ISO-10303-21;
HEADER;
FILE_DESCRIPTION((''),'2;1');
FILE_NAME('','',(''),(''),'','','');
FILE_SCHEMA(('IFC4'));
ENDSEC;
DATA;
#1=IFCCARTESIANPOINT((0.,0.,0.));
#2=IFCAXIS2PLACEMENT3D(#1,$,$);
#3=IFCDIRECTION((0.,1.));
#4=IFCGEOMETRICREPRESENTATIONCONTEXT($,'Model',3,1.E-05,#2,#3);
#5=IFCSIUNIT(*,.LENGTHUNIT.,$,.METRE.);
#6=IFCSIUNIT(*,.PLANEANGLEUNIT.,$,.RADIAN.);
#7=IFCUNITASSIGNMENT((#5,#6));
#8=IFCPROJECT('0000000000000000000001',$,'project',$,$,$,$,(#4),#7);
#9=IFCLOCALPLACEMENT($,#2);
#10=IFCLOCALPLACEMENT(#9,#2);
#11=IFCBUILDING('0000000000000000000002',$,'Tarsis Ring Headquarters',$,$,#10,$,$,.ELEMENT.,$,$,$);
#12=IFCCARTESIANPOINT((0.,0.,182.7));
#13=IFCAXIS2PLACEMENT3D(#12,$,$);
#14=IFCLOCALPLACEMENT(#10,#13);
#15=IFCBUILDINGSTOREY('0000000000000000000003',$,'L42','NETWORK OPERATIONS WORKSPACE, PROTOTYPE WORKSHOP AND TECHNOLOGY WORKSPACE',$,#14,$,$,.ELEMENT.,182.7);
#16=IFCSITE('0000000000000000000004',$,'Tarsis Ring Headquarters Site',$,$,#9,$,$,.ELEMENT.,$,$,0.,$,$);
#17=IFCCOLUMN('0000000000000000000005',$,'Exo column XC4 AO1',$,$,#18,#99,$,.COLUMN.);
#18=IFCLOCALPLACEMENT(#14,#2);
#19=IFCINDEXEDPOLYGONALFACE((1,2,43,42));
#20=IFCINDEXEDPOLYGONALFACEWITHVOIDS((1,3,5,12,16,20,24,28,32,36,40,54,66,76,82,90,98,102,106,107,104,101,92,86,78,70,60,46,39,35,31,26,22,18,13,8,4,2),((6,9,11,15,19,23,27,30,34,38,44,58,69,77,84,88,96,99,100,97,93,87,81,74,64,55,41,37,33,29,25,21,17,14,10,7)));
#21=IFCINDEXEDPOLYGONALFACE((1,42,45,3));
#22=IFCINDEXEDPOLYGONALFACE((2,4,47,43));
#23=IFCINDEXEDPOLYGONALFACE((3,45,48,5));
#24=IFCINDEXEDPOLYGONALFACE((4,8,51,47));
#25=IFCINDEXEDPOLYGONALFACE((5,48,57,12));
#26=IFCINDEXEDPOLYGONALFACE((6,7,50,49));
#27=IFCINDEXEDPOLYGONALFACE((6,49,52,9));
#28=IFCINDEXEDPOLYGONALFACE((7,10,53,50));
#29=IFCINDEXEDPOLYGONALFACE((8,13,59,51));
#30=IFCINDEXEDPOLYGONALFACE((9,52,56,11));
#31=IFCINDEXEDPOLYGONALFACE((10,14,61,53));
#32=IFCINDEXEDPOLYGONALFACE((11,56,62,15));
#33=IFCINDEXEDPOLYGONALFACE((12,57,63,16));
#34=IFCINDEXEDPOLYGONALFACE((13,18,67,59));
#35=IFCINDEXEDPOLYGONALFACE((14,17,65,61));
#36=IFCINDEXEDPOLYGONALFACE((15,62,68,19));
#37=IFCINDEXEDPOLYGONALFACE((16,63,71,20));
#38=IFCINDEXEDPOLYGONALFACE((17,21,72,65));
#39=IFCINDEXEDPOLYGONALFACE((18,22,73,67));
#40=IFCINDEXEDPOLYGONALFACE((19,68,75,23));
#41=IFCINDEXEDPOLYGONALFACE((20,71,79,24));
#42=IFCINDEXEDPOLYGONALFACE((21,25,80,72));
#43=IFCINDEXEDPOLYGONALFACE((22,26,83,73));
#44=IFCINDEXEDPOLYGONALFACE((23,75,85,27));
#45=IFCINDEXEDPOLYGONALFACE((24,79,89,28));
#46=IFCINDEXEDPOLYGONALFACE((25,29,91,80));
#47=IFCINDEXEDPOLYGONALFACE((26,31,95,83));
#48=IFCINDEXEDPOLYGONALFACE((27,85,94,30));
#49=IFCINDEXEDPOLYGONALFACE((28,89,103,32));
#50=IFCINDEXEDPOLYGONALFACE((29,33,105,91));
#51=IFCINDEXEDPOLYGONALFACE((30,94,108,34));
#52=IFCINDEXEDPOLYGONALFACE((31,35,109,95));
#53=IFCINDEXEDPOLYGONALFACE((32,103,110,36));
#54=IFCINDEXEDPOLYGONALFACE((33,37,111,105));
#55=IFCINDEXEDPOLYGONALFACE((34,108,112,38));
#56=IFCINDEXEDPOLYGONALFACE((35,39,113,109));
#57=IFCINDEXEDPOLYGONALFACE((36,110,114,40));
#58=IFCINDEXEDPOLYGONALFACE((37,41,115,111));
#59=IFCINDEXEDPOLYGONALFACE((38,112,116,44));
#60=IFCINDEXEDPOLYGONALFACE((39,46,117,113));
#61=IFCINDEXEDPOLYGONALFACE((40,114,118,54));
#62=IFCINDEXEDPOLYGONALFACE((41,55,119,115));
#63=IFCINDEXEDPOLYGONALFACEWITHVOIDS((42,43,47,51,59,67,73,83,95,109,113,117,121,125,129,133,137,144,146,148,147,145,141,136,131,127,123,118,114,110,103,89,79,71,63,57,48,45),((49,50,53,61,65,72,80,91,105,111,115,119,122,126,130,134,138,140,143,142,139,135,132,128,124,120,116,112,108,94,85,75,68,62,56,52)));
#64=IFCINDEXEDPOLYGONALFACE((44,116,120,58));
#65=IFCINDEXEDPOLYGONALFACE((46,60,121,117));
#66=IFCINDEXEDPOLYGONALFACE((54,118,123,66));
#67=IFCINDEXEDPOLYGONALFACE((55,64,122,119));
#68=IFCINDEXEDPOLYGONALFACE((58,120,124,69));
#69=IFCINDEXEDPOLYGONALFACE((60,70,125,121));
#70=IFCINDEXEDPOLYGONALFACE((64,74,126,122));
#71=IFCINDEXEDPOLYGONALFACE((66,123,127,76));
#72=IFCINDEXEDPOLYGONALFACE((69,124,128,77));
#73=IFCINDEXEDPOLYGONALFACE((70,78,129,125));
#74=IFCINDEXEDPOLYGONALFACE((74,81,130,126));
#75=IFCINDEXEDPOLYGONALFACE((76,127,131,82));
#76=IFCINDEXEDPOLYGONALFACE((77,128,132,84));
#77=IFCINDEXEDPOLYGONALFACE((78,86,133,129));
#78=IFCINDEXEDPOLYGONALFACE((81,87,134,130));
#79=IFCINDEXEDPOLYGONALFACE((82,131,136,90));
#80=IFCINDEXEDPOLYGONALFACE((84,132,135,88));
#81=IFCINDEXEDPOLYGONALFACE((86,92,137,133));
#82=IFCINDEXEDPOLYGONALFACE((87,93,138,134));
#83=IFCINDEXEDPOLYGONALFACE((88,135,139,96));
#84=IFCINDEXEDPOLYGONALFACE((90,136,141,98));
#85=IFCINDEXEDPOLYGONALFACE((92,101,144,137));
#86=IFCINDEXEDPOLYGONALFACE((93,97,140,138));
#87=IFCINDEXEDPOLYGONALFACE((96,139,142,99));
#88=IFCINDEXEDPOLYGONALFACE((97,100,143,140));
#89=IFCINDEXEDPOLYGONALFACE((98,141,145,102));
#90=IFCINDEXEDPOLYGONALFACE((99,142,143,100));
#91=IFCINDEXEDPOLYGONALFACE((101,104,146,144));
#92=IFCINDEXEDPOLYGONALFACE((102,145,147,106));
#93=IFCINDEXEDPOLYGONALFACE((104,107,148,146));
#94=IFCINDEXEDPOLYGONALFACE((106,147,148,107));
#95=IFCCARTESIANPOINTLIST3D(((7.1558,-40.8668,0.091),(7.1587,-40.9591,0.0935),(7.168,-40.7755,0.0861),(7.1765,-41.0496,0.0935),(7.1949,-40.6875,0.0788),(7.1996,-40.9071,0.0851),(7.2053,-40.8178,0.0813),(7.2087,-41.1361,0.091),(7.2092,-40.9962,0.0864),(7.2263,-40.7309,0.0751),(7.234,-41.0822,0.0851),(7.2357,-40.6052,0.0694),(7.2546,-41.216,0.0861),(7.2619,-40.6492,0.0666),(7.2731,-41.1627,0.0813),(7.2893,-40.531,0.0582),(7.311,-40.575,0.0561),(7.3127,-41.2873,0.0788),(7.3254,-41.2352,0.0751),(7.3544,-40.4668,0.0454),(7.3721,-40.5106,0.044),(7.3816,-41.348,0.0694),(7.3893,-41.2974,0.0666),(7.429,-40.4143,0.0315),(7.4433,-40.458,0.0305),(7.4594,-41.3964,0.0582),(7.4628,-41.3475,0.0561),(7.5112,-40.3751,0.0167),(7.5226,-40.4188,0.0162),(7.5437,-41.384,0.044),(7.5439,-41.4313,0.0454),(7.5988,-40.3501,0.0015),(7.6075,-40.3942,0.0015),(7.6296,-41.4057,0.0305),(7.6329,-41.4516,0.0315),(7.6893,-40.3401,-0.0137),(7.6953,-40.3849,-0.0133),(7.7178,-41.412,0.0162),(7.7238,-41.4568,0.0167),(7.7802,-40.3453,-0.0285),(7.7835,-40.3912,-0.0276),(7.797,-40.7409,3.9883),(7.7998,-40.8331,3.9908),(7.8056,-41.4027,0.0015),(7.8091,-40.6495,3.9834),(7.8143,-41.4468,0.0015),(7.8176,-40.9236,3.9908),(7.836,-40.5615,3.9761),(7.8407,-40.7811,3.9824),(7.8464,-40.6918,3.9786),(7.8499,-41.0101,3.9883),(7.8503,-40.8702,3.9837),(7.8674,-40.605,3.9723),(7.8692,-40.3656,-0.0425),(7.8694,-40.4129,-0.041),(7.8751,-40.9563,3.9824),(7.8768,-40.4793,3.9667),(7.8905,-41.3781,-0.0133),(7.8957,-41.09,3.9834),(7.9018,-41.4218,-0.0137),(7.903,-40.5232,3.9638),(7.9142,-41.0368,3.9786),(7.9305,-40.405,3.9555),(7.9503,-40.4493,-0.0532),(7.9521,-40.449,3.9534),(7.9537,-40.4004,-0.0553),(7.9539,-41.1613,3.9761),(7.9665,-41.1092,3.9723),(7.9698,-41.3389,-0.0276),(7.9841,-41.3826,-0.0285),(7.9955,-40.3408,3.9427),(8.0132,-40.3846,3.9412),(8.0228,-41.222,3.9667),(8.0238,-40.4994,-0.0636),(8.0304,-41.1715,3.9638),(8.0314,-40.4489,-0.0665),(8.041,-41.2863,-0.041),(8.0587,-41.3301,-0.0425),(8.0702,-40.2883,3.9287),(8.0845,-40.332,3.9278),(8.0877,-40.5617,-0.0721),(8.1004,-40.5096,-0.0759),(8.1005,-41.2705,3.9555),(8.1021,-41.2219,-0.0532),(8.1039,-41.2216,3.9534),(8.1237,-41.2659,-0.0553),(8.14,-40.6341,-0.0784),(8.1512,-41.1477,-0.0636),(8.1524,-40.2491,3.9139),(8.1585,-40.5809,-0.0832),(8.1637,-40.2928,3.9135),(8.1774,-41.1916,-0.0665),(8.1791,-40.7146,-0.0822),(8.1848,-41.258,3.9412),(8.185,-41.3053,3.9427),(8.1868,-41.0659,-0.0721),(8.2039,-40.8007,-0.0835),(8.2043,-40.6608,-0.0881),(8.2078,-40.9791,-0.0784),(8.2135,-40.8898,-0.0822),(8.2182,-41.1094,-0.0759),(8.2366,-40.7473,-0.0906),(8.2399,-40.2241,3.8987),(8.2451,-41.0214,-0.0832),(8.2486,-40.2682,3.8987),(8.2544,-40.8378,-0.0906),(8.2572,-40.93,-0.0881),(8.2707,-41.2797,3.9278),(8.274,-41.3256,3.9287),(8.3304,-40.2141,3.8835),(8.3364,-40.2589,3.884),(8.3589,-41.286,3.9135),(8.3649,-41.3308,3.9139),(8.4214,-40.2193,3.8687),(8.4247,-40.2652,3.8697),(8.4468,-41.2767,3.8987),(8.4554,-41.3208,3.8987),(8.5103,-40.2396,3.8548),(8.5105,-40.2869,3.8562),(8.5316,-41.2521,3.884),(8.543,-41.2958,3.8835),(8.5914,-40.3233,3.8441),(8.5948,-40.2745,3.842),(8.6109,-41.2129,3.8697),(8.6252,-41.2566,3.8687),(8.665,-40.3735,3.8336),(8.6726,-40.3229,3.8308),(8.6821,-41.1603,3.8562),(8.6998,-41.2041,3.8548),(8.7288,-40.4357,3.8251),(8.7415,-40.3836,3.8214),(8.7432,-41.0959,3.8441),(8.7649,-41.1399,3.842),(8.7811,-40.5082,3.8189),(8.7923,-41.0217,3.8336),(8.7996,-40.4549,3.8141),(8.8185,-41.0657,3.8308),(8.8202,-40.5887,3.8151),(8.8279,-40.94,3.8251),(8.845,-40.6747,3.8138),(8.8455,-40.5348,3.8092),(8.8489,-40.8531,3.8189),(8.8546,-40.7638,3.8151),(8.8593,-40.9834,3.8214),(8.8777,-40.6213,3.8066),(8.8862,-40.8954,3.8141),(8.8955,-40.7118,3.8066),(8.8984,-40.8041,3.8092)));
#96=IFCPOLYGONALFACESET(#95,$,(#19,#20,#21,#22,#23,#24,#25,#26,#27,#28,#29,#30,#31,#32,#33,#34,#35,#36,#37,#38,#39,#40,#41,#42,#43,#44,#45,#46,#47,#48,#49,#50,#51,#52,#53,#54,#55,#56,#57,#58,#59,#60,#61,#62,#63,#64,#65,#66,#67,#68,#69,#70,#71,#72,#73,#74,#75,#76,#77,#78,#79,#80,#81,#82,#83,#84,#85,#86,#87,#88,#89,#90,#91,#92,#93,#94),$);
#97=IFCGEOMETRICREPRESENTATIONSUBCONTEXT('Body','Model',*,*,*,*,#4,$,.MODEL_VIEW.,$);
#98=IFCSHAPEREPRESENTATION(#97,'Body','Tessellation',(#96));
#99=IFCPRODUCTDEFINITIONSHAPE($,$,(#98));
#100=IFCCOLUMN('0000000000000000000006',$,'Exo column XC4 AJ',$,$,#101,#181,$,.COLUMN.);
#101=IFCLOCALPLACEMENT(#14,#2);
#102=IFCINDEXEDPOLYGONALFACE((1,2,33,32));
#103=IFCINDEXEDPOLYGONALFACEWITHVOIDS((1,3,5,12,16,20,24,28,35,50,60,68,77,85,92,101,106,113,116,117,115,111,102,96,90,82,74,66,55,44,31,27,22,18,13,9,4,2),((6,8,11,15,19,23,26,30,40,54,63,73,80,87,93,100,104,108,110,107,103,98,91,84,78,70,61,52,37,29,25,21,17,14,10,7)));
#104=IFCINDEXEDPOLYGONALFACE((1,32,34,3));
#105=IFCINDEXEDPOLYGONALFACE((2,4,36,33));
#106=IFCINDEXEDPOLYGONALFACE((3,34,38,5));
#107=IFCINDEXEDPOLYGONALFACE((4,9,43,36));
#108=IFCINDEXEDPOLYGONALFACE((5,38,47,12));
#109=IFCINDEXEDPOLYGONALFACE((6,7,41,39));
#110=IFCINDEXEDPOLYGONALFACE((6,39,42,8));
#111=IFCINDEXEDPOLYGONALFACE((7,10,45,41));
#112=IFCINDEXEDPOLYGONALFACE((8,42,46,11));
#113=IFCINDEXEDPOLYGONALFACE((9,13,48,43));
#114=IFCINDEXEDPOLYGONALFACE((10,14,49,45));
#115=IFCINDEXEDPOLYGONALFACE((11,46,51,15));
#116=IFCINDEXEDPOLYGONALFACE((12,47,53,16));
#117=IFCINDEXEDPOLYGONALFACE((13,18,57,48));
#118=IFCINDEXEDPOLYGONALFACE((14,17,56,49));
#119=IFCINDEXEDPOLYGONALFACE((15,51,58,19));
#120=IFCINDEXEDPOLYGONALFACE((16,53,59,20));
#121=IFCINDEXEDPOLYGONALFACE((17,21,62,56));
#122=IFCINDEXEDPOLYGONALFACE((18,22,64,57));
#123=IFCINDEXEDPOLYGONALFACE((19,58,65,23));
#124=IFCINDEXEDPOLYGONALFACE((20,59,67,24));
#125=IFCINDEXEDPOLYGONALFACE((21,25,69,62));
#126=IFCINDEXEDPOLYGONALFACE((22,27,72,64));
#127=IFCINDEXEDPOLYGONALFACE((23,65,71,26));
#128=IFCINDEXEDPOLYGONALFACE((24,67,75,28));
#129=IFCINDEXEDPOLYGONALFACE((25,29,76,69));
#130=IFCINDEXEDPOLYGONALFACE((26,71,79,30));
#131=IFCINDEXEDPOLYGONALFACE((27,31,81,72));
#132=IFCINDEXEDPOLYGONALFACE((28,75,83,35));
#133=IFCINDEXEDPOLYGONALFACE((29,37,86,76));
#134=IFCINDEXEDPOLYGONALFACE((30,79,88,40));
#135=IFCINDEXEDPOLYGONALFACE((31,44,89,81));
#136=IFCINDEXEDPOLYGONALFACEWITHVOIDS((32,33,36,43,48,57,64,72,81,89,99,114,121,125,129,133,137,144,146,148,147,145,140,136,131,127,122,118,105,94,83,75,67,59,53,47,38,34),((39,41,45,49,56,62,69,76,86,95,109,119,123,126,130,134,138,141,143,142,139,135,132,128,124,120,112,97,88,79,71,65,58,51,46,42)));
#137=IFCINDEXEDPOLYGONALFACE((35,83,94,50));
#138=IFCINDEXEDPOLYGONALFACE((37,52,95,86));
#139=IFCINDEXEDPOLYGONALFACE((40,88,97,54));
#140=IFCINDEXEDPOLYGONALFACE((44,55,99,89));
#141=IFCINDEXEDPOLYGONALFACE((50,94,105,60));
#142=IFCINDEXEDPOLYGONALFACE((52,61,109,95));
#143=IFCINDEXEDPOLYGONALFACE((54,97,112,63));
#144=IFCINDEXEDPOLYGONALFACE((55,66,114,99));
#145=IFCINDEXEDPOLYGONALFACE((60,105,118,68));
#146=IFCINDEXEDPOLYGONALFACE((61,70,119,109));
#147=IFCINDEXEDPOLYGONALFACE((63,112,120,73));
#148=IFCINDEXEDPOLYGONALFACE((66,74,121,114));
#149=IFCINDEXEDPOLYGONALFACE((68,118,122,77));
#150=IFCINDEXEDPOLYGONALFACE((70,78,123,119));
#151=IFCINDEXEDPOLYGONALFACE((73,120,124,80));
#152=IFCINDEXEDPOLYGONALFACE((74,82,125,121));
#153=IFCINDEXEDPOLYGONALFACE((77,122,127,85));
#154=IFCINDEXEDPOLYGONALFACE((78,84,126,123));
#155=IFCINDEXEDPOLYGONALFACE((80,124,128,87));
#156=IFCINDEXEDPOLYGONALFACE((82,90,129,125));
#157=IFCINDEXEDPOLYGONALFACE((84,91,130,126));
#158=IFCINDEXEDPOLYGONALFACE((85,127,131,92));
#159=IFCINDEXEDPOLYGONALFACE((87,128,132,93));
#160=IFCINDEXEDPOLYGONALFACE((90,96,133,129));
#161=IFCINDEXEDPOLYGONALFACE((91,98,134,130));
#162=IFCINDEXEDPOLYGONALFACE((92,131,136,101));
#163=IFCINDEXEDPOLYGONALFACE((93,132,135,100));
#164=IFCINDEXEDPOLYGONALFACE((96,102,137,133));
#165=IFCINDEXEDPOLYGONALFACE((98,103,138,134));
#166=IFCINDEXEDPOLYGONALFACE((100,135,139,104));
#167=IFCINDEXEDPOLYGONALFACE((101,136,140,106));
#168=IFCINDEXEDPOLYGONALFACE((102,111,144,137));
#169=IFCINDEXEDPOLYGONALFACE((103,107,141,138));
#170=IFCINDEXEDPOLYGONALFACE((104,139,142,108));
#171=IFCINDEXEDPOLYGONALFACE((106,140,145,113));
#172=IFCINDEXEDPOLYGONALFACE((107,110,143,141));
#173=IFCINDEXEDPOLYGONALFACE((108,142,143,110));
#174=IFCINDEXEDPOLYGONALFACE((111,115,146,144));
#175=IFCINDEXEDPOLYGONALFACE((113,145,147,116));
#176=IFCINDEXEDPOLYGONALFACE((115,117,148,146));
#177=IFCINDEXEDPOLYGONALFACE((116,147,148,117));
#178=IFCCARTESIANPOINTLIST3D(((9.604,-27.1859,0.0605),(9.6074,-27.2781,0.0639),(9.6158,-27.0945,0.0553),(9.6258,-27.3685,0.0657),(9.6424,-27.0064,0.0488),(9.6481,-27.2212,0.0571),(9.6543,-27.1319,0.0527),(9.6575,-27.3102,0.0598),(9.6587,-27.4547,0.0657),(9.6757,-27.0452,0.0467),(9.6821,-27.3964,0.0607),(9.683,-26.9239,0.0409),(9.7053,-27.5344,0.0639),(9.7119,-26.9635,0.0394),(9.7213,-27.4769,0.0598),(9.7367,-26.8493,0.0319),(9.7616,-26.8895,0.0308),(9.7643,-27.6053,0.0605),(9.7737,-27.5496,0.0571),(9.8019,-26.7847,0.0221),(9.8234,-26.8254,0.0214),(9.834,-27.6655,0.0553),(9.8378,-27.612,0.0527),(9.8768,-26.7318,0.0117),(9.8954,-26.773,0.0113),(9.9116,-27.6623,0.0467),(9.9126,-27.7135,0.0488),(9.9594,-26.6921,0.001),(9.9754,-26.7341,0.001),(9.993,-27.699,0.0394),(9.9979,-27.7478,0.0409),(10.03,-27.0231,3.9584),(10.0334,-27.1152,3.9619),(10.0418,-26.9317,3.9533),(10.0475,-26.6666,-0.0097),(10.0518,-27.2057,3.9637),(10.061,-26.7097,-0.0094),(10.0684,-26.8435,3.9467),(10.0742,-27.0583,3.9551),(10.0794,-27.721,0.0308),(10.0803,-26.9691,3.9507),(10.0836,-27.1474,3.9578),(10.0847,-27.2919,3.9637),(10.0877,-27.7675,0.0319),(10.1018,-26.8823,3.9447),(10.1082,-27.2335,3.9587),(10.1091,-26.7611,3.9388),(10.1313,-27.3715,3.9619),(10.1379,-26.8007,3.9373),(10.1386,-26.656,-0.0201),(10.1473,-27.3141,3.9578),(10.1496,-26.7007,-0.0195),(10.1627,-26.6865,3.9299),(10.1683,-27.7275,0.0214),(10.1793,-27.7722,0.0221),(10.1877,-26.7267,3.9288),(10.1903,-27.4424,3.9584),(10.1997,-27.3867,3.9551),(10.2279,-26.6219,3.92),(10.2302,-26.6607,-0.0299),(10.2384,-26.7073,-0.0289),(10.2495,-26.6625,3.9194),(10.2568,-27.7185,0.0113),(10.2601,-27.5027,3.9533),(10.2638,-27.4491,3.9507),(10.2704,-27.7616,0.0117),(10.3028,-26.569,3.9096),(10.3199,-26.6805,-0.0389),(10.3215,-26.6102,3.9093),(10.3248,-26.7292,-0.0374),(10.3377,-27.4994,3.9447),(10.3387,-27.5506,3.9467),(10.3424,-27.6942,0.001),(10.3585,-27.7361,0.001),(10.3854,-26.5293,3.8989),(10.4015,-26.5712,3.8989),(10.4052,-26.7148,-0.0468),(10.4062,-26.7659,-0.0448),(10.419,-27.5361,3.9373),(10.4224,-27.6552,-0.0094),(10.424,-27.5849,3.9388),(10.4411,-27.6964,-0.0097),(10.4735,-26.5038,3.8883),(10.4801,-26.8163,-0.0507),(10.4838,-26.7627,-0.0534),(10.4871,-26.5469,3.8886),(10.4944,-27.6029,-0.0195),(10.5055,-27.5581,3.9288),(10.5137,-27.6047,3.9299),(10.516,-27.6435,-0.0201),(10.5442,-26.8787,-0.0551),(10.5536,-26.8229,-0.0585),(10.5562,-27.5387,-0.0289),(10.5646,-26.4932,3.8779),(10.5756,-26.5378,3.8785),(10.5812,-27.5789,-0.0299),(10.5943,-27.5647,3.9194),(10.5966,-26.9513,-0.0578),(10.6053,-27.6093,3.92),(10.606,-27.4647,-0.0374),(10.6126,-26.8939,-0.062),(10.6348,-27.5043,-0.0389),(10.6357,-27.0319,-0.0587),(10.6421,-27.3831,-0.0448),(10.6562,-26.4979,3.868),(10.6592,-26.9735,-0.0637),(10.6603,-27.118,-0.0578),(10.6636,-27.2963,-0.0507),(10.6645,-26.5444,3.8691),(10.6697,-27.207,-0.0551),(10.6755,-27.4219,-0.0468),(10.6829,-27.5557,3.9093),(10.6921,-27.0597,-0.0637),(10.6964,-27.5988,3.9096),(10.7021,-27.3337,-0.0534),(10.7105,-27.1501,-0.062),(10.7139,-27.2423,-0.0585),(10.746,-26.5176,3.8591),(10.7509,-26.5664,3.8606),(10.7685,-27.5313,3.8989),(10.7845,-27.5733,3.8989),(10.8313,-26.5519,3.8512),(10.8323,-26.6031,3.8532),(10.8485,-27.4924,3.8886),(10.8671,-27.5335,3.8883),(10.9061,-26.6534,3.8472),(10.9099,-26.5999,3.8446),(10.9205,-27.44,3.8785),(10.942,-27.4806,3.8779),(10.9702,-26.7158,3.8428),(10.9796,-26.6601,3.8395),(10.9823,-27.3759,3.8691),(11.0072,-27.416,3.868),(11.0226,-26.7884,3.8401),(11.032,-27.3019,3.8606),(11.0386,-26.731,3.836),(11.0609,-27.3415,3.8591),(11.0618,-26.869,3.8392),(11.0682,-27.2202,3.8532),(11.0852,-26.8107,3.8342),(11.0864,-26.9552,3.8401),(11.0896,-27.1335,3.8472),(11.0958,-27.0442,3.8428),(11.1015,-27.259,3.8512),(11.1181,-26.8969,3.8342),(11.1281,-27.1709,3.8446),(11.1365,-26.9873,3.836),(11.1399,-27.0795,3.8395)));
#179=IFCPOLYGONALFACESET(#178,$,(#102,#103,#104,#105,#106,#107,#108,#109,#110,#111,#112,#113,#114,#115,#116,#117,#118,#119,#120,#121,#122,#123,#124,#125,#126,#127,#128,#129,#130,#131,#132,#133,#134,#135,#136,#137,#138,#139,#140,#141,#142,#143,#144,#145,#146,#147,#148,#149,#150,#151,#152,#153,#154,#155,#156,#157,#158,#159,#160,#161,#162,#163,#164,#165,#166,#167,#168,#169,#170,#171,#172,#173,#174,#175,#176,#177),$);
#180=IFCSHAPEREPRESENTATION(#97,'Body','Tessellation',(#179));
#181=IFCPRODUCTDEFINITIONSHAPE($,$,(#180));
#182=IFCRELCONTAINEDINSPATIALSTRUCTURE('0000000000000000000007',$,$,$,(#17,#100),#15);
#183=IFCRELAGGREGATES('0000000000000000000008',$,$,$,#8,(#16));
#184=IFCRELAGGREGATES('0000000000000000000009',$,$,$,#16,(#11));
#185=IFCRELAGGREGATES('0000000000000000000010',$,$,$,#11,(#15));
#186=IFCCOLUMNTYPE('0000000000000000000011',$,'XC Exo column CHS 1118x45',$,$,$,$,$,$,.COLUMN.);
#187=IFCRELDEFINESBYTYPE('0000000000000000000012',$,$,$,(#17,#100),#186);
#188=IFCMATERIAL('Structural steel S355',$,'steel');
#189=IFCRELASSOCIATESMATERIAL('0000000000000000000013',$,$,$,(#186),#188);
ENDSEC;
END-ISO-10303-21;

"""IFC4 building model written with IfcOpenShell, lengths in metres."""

from ifc_helpers import new_model, si_unit, direction, frame, origin, origin_2d, place, context, subcontext, project, spatial, hollow_circle, extrude, material, material_profile, profile_set, type_object, element, save


model = new_model("IFC4")

# Units and contexts
model_context = context("Model", 3, precision=1e-05, world=origin(), true_north=direction((0.0, 1.0)))
body_context = subcontext(model_context, "Body", "Model", "MODEL_VIEW")
ifc_project = project(units=[si_unit("LENGTHUNIT", "METRE"), si_unit("PLANEANGLEUNIT", "RADIAN")], contexts=[model_context])

# Site, building, storey
site_placement = place(None, origin())
site = spatial("IfcSite", under=ifc_project, at=site_placement, Name="Tarsis Ring Headquarters Site", CompositionType="ELEMENT", RefElevation=0.0)
building_placement = place(site_placement, origin())
building = spatial("IfcBuilding", under=site, at=building_placement, Name="Tarsis Ring Headquarters", CompositionType="ELEMENT")
storey_placement = place(building_placement, frame((0.0, 0.0, 182.7)))
storey = spatial("IfcBuildingStorey", under=building, at=storey_placement, Name="L42", Description="NETWORK OPERATIONS WORKSPACE, PROTOTYPE WORKSHOP AND TECHNOLOGY WORKSPACE", CompositionType="ELEMENT", Elevation=182.7)

# Columns
ifc_material_1 = material(Name="Structural steel S355", Category="steel")
ifc_material_profile_1 = material_profile(ifc_material_1, hollow_circle(Radius=0.5588, WallThickness=0.0449, at=origin_2d()), Name="CHS 1118x45")
ifc_profile_set_1 = profile_set([ifc_material_profile_1], Name="Structural steel S355")
column_type = type_object("IfcColumnType", Name="XC Exo column CHS 1118x45", PredefinedType="COLUMN", material=ifc_profile_set_1)
column_placement = place(storey_placement, frame((7.7065, -40.8984, 0.0015), z_axis=(0.162241, 0.03188, 0.986236), x_axis=(-0.19281, 0.981236, 0.0)))
element("IfcColumn", 1, at=column_placement, inside=storey, type_object=column_type, Name="Exo column XC4 AO1", PredefinedType="COLUMN", context=body_context, shape_type="SweptSolid", body=[
    extrude(hollow_circle(Radius=0.5588, WallThickness=0.0449, at=origin_2d()), origin(), (0.0, 0.0, 1.0), 3.9517),
])
for number, where, z_axis, x_axis, name in (
    (2, (10.1589, -27.2141, 0.001), (0.108554, 0.041493, 0.993224), (-0.357041, 0.934089, 0.0), "Exo column XC4 AJ"),
):
    element("IfcColumn", number, at=place(storey_placement, frame(where, z_axis=z_axis, x_axis=x_axis)), inside=storey, type_object=column_type, Name=name, PredefinedType="COLUMN", context=body_context, shape_type="SweptSolid", body=[
        extrude(hollow_circle(Radius=0.5588, WallThickness=0.0449, at=origin_2d()), origin(), (0.0, 0.0, 1.0), 3.9246),
    ])

save(model, "model.ifc")
